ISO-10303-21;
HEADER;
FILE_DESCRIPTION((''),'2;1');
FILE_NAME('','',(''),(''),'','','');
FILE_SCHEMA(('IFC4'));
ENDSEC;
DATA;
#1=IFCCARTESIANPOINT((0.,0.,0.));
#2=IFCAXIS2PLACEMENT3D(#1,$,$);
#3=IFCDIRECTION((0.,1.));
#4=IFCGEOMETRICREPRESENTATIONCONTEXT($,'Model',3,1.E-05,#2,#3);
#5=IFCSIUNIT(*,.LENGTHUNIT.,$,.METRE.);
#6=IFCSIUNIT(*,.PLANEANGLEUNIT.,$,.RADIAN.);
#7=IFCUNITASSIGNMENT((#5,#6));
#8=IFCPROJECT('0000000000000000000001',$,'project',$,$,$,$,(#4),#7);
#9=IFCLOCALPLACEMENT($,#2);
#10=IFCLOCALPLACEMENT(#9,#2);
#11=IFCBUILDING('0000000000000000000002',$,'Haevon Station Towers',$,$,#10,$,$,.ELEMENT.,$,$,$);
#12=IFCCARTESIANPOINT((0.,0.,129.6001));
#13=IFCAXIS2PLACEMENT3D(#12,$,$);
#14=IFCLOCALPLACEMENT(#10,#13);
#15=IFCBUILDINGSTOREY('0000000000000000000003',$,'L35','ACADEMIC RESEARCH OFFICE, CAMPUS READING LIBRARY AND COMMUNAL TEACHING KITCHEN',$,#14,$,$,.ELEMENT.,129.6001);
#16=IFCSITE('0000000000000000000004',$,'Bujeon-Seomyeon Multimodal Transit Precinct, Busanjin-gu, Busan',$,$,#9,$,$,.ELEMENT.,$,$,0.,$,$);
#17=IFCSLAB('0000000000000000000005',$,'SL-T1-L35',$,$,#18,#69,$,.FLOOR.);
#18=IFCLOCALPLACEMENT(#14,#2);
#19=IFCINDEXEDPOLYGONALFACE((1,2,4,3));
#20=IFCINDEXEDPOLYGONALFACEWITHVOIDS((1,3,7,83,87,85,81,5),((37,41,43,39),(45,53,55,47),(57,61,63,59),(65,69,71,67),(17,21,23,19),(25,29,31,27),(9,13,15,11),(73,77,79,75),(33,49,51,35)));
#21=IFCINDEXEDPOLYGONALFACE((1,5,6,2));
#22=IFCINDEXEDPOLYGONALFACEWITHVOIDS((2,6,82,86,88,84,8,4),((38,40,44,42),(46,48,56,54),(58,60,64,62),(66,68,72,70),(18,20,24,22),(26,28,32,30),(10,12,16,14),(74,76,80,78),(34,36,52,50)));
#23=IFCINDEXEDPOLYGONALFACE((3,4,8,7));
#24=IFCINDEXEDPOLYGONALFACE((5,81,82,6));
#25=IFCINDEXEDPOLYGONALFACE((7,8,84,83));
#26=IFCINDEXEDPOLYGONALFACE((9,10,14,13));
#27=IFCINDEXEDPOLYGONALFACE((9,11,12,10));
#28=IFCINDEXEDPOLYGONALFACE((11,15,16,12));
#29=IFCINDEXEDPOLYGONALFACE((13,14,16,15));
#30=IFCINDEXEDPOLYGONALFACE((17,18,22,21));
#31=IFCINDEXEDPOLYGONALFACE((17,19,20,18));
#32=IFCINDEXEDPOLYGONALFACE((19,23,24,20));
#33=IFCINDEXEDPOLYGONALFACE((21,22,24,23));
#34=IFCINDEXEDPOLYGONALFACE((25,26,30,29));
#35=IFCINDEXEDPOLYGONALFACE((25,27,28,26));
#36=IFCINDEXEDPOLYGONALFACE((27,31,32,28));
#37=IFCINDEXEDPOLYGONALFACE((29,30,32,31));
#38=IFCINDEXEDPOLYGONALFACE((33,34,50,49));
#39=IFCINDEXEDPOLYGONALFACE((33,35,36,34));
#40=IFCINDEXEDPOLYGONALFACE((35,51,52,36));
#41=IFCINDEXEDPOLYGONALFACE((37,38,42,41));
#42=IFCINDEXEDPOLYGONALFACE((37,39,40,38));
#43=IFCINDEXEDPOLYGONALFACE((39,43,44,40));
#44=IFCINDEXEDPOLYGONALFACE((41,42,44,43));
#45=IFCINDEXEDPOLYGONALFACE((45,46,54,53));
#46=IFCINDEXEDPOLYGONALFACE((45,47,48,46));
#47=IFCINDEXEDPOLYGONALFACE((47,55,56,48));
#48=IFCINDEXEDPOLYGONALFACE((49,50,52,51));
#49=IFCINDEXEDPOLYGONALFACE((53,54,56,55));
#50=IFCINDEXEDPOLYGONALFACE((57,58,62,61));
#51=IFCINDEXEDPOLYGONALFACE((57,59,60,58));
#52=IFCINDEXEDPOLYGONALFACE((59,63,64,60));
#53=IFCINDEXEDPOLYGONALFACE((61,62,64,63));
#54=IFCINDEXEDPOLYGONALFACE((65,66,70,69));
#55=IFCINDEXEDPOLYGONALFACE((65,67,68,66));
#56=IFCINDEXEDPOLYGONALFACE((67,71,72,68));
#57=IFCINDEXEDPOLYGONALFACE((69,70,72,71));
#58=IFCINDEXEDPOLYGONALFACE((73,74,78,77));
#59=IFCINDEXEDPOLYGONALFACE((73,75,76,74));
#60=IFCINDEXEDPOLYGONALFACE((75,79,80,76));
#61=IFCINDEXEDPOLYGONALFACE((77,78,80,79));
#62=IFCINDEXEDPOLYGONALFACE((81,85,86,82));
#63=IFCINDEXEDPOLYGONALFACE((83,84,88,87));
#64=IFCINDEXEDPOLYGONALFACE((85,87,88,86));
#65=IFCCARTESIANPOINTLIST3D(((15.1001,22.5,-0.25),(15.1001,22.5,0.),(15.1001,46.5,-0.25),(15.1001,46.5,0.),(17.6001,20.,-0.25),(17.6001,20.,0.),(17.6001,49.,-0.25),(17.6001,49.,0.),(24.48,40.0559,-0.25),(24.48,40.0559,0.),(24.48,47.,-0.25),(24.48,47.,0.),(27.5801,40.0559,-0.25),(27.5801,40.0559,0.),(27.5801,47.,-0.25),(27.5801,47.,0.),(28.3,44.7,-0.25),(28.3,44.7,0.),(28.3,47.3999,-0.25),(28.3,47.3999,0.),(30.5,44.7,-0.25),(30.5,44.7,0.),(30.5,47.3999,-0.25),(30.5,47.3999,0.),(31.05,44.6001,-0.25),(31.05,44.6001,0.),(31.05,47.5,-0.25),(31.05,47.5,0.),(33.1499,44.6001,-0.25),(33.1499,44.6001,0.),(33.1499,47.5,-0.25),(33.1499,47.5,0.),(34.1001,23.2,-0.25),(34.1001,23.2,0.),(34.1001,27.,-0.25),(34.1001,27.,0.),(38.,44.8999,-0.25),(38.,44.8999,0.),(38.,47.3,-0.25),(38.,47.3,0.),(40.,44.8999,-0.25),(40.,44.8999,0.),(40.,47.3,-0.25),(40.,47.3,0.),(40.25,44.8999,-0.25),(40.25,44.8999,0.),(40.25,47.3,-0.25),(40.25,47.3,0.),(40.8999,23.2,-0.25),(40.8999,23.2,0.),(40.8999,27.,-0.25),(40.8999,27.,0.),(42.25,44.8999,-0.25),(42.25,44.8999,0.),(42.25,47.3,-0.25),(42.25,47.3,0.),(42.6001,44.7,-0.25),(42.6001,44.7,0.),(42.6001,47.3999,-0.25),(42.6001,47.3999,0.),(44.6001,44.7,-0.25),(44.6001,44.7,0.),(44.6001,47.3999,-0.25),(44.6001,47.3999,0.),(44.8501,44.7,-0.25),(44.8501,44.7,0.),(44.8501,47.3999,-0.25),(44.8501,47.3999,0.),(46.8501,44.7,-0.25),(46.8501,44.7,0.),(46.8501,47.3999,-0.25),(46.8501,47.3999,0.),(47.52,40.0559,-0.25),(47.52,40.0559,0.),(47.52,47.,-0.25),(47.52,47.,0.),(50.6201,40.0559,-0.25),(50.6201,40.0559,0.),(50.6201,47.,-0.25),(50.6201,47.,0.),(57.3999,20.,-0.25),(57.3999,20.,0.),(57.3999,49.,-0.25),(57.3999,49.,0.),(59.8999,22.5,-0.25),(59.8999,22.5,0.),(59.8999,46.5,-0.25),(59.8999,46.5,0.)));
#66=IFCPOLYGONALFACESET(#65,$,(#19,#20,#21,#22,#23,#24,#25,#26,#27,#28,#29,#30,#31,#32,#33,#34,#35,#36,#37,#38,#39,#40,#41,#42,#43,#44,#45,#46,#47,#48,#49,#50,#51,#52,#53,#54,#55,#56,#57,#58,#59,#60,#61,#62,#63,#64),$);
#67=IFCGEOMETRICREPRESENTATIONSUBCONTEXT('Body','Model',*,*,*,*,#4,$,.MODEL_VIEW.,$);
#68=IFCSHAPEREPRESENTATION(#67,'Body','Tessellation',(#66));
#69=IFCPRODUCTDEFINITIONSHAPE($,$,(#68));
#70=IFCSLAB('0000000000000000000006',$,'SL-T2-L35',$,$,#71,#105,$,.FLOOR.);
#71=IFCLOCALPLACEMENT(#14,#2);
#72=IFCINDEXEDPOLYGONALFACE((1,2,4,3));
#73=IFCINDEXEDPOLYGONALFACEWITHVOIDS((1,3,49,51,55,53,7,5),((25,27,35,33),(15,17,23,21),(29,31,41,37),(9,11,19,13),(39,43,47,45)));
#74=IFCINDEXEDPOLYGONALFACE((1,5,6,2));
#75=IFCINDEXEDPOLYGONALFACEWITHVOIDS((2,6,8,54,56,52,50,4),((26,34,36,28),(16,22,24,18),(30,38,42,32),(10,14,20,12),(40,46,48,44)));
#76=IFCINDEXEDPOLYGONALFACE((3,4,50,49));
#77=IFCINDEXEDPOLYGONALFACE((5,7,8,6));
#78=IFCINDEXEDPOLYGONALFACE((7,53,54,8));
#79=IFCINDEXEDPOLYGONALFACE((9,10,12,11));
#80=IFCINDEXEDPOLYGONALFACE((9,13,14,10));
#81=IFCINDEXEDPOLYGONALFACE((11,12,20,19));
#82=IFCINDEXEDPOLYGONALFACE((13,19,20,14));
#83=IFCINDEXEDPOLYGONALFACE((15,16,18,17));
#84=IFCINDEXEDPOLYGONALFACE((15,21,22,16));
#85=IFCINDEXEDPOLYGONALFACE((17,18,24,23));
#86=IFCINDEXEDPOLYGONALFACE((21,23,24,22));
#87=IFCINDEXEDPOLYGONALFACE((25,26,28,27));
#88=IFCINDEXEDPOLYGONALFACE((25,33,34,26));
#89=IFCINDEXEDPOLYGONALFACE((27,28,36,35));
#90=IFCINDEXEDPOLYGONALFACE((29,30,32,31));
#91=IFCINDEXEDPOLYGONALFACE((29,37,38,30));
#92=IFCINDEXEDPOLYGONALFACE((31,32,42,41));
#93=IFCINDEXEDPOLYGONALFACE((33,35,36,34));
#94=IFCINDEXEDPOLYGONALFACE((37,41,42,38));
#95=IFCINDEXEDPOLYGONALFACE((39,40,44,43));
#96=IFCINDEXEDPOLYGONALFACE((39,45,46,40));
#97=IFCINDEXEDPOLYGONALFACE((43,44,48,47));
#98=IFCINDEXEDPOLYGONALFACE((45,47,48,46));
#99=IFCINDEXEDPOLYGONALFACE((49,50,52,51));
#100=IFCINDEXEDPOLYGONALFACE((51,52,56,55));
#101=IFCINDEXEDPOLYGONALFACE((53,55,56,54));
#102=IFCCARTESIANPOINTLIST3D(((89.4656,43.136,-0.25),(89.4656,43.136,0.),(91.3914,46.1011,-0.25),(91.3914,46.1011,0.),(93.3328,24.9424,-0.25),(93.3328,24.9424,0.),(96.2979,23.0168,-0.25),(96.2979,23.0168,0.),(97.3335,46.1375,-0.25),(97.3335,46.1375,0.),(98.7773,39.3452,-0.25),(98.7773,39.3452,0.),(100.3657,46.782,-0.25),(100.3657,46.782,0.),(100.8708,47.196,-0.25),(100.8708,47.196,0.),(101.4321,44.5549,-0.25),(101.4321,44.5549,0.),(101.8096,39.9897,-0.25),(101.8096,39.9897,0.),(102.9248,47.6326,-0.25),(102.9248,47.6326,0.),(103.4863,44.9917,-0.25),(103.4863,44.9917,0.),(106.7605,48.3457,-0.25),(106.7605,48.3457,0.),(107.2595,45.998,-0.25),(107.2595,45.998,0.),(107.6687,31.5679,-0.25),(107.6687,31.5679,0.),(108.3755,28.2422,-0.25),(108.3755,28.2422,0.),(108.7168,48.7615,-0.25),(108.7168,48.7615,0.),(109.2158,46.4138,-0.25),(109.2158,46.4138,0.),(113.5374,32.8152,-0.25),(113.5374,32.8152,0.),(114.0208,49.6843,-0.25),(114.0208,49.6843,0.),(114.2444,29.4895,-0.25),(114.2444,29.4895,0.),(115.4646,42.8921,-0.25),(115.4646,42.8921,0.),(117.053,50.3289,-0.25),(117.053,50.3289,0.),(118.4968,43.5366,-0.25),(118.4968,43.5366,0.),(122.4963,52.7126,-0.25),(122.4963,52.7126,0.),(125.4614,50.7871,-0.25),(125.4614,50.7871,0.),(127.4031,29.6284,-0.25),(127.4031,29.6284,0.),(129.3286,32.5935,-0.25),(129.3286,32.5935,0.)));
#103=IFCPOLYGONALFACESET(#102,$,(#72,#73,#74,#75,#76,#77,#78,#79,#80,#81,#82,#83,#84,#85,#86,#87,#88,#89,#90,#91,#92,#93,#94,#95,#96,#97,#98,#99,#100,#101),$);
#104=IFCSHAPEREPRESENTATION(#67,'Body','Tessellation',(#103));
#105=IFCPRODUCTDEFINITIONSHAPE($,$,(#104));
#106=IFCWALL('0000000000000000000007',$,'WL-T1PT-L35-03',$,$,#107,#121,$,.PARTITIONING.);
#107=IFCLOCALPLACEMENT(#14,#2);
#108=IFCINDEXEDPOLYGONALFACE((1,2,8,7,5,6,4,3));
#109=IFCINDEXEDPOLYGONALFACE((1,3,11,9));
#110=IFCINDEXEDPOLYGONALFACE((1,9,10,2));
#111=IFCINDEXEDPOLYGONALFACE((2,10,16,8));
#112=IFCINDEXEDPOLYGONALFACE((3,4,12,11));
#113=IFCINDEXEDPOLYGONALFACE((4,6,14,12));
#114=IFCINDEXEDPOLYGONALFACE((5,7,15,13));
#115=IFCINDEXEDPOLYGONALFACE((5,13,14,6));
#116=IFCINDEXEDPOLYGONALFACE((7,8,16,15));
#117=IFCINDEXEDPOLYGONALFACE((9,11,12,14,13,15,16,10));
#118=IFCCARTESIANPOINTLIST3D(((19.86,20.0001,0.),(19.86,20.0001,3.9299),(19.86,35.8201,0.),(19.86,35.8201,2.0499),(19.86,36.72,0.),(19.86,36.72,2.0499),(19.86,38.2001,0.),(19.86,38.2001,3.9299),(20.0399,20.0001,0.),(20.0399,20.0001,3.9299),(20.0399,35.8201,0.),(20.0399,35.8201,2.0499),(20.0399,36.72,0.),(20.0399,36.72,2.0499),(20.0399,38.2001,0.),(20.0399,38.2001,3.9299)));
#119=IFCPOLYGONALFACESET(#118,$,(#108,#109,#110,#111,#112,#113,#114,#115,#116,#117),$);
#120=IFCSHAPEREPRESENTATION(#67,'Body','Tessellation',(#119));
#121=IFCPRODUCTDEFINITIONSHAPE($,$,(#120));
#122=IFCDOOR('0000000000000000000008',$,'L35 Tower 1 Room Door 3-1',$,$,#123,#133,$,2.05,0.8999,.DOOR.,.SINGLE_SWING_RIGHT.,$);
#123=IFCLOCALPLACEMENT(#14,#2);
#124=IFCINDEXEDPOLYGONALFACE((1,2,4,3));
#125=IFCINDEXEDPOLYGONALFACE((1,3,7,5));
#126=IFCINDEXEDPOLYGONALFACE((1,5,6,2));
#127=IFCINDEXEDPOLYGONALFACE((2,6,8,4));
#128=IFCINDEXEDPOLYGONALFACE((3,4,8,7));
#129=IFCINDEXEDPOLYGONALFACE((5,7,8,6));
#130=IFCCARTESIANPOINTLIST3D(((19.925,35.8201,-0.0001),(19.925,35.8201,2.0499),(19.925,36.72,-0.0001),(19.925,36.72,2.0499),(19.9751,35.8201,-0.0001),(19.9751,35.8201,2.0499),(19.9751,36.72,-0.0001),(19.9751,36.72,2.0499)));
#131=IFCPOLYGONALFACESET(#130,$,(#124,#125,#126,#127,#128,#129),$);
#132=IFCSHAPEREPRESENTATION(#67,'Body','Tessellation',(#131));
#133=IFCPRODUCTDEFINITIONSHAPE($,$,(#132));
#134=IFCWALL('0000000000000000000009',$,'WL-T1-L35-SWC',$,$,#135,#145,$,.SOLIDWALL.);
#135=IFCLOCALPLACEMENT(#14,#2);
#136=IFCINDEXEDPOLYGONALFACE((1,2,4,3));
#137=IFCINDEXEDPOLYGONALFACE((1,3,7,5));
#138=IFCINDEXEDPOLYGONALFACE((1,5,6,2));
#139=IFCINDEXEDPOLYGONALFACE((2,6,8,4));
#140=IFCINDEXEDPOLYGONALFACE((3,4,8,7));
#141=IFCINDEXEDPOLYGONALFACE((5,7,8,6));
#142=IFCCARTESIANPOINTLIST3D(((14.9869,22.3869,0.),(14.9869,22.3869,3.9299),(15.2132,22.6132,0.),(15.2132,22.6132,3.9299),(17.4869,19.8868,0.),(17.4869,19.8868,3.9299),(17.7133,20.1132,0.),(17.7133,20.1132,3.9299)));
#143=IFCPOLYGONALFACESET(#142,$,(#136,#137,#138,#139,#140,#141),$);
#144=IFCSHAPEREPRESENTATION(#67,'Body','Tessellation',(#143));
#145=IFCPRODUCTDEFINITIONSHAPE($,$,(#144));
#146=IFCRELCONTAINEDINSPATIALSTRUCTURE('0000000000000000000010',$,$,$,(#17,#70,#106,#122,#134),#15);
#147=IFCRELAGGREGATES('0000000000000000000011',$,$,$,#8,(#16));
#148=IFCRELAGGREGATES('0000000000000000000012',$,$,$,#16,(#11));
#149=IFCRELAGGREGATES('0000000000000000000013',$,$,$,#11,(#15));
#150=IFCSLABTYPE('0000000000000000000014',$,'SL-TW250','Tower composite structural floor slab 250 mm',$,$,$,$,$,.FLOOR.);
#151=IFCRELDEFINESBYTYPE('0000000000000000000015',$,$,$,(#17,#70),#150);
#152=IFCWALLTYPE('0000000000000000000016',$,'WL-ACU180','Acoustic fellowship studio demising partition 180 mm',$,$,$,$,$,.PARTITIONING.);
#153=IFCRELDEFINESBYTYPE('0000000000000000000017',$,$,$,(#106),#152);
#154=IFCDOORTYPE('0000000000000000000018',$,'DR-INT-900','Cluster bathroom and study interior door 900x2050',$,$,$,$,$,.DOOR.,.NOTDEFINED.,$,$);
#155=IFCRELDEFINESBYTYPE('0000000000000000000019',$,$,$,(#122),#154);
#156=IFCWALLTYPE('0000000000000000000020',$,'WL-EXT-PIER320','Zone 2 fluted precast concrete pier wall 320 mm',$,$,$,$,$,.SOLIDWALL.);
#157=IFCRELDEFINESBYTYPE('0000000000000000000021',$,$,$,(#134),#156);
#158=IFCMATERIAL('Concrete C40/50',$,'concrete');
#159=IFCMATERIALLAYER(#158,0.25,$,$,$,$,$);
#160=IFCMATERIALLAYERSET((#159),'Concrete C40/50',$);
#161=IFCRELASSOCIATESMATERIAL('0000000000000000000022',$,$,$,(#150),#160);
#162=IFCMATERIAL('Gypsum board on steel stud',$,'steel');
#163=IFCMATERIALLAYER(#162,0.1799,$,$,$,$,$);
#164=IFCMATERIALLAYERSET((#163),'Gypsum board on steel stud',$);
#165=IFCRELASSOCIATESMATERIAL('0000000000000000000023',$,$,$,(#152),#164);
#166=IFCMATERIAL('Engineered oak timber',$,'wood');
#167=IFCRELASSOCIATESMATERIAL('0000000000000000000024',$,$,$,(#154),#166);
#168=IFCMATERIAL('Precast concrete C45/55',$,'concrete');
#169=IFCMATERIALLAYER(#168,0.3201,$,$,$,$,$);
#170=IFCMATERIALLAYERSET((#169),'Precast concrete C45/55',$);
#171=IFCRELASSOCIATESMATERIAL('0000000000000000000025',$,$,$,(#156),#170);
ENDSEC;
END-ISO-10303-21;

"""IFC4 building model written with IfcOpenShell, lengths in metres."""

from ifc_helpers import new_model, si_unit, direction, frame, frame_2d, origin, place, context, subcontext, project, spatial, polyline, rectangle, outline, extrude, material, layer, layer_set, type_object, element, fill, save


model = new_model("IFC4")

# Units and contexts
model_context = context("Model", 3, precision=1e-05, world=origin(), true_north=direction((0.0, 1.0)))
body_context = subcontext(model_context, "Body", "Model", "MODEL_VIEW")
ifc_project = project(units=[si_unit("LENGTHUNIT", "METRE"), si_unit("PLANEANGLEUNIT", "RADIAN")], contexts=[model_context])

# Site, building, storey
site_placement = place(None, origin())
site = spatial("IfcSite", under=ifc_project, at=site_placement, Name="Bujeon-Seomyeon Multimodal Transit Precinct, Busanjin-gu, Busan", CompositionType="ELEMENT", RefElevation=0.0)
building_placement = place(site_placement, origin())
building = spatial("IfcBuilding", under=site, at=building_placement, Name="Haevon Station Towers", CompositionType="ELEMENT")
storey_placement = place(building_placement, frame((0.0, 0.0, 129.6001)))
storey = spatial("IfcBuildingStorey", under=building, at=storey_placement, Name="L35", Description="ACADEMIC RESEARCH OFFICE, CAMPUS READING LIBRARY AND COMMUNAL TEACHING KITCHEN", CompositionType="ELEMENT", Elevation=129.6001)

# Shared definitions
ifc_material_1 = material(Name="Concrete C40/50", Category="concrete")

# Slabs
ifc_layer_1 = layer(ifc_material_1, 0.25)
ifc_layer_set_1 = layer_set([ifc_layer_1], Name="Concrete C40/50")
slab_type_1 = type_object("IfcSlabType", Name="SL-TW250", Description="Tower composite structural floor slab 250 mm", PredefinedType="FLOOR", material=ifc_layer_set_1)
slab_1_placement = place(storey_placement, frame((0.0, 0.0, -0.25)))
element("IfcSlab", 1, at=slab_1_placement, inside=storey, type_object=slab_type_1, Name="SL-T1-L35", PredefinedType="FLOOR", context=body_context, shape_type="SweptSolid", body=[
    extrude(outline(polyline([(17.6001, 20.0), (57.3999, 20.0), (59.8999, 22.5), (59.8999, 46.5), (57.3999, 49.0), (17.6001, 49.0), (15.1001, 46.5), (15.1001, 22.5), (17.6001, 20.0)]), holes=[polyline([(27.5801, 40.0559), (27.5801, 47.0), (24.48, 47.0), (24.48, 40.0559), (27.5801, 40.0559)]), polyline([(50.6201, 40.0559), (50.6201, 47.0), (47.52, 47.0), (47.52, 40.0559), (50.6201, 40.0559)]), polyline([(28.3, 44.7), (30.5, 44.7), (30.5, 47.3999), (28.3, 47.3999), (28.3, 44.7)]), polyline([(31.05, 44.6001), (33.1499, 44.6001), (33.1499, 47.5), (31.05, 47.5), (31.05, 44.6001)]), polyline([(38.0, 44.8999), (40.0, 44.8999), (40.0, 47.3), (38.0, 47.3), (38.0, 44.8999)]), polyline([(40.25, 44.8999), (42.25, 44.8999), (42.25, 47.3), (40.25, 47.3), (40.25, 44.8999)]), polyline([(42.6001, 44.7), (44.6001, 44.7), (44.6001, 47.3999), (42.6001, 47.3999), (42.6001, 44.7)]), polyline([(44.8501, 44.7), (46.8501, 44.7), (46.8501, 47.3999), (44.8501, 47.3999), (44.8501, 44.7)]), polyline([(34.1001, 23.2), (40.8999, 23.2), (40.8999, 27.0), (34.1001, 27.0), (34.1001, 23.2)])]), origin(), (0.0, 0.0, 1.0), 0.25),
])
slab_2_placement = place(storey_placement, frame((0.0, 0.0, -0.25)))
element("IfcSlab", 2, at=slab_2_placement, inside=storey, type_object=slab_type_1, Name="SL-T2-L35", PredefinedType="FLOOR", context=body_context, shape_type="SweptSolid", body=[
    extrude(outline(polyline([(96.2979, 23.0168), (127.4031, 29.6284), (129.3286, 32.5935), (125.4614, 50.7871), (122.4963, 52.7126), (91.3914, 46.1011), (89.4656, 43.136), (93.3328, 24.9424), (96.2979, 23.0168)]), holes=[polyline([(101.8096, 39.9897), (100.3657, 46.782), (97.3335, 46.1375), (98.7773, 39.3452), (101.8096, 39.9897)]), polyline([(118.4968, 43.5366), (117.053, 50.3289), (114.0208, 49.6843), (115.4646, 42.8921), (118.4968, 43.5366)]), polyline([(101.4321, 44.5549), (103.4863, 44.9917), (102.9248, 47.6326), (100.8708, 47.196), (101.4321, 44.5549)]), polyline([(107.2595, 45.998), (109.2158, 46.4138), (108.7168, 48.7615), (106.7605, 48.3457), (107.2595, 45.998)]), polyline([(108.3755, 28.2422), (114.2444, 29.4895), (113.5374, 32.8152), (107.6687, 31.5679), (108.3755, 28.2422)])]), origin(), (0.0, 0.0, 1.0), 0.25),
])

# Wall, opening, door
ifc_material_2 = material(Name="Gypsum board on steel stud", Category="steel")
ifc_layer_2 = layer(ifc_material_2, 0.1799)
ifc_layer_set_2 = layer_set([ifc_layer_2], Name="Gypsum board on steel stud")
wall_type_1 = type_object("IfcWallType", Name="WL-ACU180", Description="Acoustic fellowship studio demising partition 180 mm", PredefinedType="PARTITIONING", material=ifc_layer_set_2)
wall_1_placement = place(storey_placement, frame((19.95, 20.0, 0.0), z_axis=(0.0, 0.0, 1.0), x_axis=(0.0, 1.0, 0.0)))
wall_1 = element("IfcWall", 3, at=wall_1_placement, inside=storey, type_object=wall_type_1, Name="WL-T1PT-L35-03", PredefinedType="PARTITIONING", context=body_context, shape_type="SweptSolid", body=[
    extrude(rectangle(XDim=18.2, YDim=0.1799, at=frame_2d((9.1001, 0.0))), origin(), (0.0, 0.0, 1.0), 3.9299),
])
opening_1_placement = place(wall_1_placement, frame((15.8201, 0.0, 0.0)))
opening_1 = element("IfcOpeningElement", 4, at=opening_1_placement, cuts=wall_1, PredefinedType="OPENING", context=body_context, shape_type="SweptSolid", body=[
    extrude(rectangle(XDim=0.8999, YDim=2.05, at=frame_2d((0.45, 1.0249))), frame((0.0, 0.0999, 0.0), z_axis=(0.0, -1.0, 0.0), x_axis=(1.0, 0.0, 0.0)), (0.0, 0.0, 1.0), 0.2),
])
ifc_material_3 = material(Name="Engineered oak timber", Category="wood")
door_type_1 = type_object("IfcDoorType", Name="DR-INT-900", Description="Cluster bathroom and study interior door 900x2050", OperationType="NOTDEFINED", PredefinedType="DOOR", material=ifc_material_3)
door_1_placement = place(opening_1_placement, origin())
door_1 = element("IfcDoor", 5, at=door_1_placement, inside=storey, type_object=door_type_1, Name="L35 Tower 1 Room Door 3-1", OperationType="SINGLE_SWING_RIGHT", OverallHeight=2.05, OverallWidth=0.8999, PredefinedType="DOOR", context=body_context, shape_type="SweptSolid", body=[
    extrude(rectangle(XDim=0.8999, YDim=2.05, at=frame_2d((0.45, 1.0249))), frame((0.0, 0.0249, 0.0), z_axis=(0.0, -1.0, 0.0), x_axis=(1.0, 0.0, 0.0)), (0.0, 0.0, 1.0), 0.05),
])
fill(opening_1, door_1)

# Wall
ifc_material_4 = material(Name="Precast concrete C45/55", Category="concrete")
ifc_layer_3 = layer(ifc_material_4, 0.3201)
ifc_layer_set_3 = layer_set([ifc_layer_3], Name="Precast concrete C45/55")
wall_type_2 = type_object("IfcWallType", Name="WL-EXT-PIER320", Description="Zone 2 fluted precast concrete pier wall 320 mm", PredefinedType="SOLIDWALL", material=ifc_layer_set_3)
wall_2_placement = place(storey_placement, frame((17.6001, 20.0, 0.0), z_axis=(0.0, 0.0, 1.0), x_axis=(-0.707107, 0.707107, 0.0)))
element("IfcWall", 6, at=wall_2_placement, inside=storey, type_object=wall_type_2, Name="WL-T1-L35-SWC", PredefinedType="SOLIDWALL", context=body_context, shape_type="SweptSolid", body=[
    extrude(rectangle(XDim=3.5356, YDim=0.3201, at=frame_2d((1.7678, 0.0))), origin(), (0.0, 0.0, 1.0), 3.9299),
])

save(model, "model.ifc")
